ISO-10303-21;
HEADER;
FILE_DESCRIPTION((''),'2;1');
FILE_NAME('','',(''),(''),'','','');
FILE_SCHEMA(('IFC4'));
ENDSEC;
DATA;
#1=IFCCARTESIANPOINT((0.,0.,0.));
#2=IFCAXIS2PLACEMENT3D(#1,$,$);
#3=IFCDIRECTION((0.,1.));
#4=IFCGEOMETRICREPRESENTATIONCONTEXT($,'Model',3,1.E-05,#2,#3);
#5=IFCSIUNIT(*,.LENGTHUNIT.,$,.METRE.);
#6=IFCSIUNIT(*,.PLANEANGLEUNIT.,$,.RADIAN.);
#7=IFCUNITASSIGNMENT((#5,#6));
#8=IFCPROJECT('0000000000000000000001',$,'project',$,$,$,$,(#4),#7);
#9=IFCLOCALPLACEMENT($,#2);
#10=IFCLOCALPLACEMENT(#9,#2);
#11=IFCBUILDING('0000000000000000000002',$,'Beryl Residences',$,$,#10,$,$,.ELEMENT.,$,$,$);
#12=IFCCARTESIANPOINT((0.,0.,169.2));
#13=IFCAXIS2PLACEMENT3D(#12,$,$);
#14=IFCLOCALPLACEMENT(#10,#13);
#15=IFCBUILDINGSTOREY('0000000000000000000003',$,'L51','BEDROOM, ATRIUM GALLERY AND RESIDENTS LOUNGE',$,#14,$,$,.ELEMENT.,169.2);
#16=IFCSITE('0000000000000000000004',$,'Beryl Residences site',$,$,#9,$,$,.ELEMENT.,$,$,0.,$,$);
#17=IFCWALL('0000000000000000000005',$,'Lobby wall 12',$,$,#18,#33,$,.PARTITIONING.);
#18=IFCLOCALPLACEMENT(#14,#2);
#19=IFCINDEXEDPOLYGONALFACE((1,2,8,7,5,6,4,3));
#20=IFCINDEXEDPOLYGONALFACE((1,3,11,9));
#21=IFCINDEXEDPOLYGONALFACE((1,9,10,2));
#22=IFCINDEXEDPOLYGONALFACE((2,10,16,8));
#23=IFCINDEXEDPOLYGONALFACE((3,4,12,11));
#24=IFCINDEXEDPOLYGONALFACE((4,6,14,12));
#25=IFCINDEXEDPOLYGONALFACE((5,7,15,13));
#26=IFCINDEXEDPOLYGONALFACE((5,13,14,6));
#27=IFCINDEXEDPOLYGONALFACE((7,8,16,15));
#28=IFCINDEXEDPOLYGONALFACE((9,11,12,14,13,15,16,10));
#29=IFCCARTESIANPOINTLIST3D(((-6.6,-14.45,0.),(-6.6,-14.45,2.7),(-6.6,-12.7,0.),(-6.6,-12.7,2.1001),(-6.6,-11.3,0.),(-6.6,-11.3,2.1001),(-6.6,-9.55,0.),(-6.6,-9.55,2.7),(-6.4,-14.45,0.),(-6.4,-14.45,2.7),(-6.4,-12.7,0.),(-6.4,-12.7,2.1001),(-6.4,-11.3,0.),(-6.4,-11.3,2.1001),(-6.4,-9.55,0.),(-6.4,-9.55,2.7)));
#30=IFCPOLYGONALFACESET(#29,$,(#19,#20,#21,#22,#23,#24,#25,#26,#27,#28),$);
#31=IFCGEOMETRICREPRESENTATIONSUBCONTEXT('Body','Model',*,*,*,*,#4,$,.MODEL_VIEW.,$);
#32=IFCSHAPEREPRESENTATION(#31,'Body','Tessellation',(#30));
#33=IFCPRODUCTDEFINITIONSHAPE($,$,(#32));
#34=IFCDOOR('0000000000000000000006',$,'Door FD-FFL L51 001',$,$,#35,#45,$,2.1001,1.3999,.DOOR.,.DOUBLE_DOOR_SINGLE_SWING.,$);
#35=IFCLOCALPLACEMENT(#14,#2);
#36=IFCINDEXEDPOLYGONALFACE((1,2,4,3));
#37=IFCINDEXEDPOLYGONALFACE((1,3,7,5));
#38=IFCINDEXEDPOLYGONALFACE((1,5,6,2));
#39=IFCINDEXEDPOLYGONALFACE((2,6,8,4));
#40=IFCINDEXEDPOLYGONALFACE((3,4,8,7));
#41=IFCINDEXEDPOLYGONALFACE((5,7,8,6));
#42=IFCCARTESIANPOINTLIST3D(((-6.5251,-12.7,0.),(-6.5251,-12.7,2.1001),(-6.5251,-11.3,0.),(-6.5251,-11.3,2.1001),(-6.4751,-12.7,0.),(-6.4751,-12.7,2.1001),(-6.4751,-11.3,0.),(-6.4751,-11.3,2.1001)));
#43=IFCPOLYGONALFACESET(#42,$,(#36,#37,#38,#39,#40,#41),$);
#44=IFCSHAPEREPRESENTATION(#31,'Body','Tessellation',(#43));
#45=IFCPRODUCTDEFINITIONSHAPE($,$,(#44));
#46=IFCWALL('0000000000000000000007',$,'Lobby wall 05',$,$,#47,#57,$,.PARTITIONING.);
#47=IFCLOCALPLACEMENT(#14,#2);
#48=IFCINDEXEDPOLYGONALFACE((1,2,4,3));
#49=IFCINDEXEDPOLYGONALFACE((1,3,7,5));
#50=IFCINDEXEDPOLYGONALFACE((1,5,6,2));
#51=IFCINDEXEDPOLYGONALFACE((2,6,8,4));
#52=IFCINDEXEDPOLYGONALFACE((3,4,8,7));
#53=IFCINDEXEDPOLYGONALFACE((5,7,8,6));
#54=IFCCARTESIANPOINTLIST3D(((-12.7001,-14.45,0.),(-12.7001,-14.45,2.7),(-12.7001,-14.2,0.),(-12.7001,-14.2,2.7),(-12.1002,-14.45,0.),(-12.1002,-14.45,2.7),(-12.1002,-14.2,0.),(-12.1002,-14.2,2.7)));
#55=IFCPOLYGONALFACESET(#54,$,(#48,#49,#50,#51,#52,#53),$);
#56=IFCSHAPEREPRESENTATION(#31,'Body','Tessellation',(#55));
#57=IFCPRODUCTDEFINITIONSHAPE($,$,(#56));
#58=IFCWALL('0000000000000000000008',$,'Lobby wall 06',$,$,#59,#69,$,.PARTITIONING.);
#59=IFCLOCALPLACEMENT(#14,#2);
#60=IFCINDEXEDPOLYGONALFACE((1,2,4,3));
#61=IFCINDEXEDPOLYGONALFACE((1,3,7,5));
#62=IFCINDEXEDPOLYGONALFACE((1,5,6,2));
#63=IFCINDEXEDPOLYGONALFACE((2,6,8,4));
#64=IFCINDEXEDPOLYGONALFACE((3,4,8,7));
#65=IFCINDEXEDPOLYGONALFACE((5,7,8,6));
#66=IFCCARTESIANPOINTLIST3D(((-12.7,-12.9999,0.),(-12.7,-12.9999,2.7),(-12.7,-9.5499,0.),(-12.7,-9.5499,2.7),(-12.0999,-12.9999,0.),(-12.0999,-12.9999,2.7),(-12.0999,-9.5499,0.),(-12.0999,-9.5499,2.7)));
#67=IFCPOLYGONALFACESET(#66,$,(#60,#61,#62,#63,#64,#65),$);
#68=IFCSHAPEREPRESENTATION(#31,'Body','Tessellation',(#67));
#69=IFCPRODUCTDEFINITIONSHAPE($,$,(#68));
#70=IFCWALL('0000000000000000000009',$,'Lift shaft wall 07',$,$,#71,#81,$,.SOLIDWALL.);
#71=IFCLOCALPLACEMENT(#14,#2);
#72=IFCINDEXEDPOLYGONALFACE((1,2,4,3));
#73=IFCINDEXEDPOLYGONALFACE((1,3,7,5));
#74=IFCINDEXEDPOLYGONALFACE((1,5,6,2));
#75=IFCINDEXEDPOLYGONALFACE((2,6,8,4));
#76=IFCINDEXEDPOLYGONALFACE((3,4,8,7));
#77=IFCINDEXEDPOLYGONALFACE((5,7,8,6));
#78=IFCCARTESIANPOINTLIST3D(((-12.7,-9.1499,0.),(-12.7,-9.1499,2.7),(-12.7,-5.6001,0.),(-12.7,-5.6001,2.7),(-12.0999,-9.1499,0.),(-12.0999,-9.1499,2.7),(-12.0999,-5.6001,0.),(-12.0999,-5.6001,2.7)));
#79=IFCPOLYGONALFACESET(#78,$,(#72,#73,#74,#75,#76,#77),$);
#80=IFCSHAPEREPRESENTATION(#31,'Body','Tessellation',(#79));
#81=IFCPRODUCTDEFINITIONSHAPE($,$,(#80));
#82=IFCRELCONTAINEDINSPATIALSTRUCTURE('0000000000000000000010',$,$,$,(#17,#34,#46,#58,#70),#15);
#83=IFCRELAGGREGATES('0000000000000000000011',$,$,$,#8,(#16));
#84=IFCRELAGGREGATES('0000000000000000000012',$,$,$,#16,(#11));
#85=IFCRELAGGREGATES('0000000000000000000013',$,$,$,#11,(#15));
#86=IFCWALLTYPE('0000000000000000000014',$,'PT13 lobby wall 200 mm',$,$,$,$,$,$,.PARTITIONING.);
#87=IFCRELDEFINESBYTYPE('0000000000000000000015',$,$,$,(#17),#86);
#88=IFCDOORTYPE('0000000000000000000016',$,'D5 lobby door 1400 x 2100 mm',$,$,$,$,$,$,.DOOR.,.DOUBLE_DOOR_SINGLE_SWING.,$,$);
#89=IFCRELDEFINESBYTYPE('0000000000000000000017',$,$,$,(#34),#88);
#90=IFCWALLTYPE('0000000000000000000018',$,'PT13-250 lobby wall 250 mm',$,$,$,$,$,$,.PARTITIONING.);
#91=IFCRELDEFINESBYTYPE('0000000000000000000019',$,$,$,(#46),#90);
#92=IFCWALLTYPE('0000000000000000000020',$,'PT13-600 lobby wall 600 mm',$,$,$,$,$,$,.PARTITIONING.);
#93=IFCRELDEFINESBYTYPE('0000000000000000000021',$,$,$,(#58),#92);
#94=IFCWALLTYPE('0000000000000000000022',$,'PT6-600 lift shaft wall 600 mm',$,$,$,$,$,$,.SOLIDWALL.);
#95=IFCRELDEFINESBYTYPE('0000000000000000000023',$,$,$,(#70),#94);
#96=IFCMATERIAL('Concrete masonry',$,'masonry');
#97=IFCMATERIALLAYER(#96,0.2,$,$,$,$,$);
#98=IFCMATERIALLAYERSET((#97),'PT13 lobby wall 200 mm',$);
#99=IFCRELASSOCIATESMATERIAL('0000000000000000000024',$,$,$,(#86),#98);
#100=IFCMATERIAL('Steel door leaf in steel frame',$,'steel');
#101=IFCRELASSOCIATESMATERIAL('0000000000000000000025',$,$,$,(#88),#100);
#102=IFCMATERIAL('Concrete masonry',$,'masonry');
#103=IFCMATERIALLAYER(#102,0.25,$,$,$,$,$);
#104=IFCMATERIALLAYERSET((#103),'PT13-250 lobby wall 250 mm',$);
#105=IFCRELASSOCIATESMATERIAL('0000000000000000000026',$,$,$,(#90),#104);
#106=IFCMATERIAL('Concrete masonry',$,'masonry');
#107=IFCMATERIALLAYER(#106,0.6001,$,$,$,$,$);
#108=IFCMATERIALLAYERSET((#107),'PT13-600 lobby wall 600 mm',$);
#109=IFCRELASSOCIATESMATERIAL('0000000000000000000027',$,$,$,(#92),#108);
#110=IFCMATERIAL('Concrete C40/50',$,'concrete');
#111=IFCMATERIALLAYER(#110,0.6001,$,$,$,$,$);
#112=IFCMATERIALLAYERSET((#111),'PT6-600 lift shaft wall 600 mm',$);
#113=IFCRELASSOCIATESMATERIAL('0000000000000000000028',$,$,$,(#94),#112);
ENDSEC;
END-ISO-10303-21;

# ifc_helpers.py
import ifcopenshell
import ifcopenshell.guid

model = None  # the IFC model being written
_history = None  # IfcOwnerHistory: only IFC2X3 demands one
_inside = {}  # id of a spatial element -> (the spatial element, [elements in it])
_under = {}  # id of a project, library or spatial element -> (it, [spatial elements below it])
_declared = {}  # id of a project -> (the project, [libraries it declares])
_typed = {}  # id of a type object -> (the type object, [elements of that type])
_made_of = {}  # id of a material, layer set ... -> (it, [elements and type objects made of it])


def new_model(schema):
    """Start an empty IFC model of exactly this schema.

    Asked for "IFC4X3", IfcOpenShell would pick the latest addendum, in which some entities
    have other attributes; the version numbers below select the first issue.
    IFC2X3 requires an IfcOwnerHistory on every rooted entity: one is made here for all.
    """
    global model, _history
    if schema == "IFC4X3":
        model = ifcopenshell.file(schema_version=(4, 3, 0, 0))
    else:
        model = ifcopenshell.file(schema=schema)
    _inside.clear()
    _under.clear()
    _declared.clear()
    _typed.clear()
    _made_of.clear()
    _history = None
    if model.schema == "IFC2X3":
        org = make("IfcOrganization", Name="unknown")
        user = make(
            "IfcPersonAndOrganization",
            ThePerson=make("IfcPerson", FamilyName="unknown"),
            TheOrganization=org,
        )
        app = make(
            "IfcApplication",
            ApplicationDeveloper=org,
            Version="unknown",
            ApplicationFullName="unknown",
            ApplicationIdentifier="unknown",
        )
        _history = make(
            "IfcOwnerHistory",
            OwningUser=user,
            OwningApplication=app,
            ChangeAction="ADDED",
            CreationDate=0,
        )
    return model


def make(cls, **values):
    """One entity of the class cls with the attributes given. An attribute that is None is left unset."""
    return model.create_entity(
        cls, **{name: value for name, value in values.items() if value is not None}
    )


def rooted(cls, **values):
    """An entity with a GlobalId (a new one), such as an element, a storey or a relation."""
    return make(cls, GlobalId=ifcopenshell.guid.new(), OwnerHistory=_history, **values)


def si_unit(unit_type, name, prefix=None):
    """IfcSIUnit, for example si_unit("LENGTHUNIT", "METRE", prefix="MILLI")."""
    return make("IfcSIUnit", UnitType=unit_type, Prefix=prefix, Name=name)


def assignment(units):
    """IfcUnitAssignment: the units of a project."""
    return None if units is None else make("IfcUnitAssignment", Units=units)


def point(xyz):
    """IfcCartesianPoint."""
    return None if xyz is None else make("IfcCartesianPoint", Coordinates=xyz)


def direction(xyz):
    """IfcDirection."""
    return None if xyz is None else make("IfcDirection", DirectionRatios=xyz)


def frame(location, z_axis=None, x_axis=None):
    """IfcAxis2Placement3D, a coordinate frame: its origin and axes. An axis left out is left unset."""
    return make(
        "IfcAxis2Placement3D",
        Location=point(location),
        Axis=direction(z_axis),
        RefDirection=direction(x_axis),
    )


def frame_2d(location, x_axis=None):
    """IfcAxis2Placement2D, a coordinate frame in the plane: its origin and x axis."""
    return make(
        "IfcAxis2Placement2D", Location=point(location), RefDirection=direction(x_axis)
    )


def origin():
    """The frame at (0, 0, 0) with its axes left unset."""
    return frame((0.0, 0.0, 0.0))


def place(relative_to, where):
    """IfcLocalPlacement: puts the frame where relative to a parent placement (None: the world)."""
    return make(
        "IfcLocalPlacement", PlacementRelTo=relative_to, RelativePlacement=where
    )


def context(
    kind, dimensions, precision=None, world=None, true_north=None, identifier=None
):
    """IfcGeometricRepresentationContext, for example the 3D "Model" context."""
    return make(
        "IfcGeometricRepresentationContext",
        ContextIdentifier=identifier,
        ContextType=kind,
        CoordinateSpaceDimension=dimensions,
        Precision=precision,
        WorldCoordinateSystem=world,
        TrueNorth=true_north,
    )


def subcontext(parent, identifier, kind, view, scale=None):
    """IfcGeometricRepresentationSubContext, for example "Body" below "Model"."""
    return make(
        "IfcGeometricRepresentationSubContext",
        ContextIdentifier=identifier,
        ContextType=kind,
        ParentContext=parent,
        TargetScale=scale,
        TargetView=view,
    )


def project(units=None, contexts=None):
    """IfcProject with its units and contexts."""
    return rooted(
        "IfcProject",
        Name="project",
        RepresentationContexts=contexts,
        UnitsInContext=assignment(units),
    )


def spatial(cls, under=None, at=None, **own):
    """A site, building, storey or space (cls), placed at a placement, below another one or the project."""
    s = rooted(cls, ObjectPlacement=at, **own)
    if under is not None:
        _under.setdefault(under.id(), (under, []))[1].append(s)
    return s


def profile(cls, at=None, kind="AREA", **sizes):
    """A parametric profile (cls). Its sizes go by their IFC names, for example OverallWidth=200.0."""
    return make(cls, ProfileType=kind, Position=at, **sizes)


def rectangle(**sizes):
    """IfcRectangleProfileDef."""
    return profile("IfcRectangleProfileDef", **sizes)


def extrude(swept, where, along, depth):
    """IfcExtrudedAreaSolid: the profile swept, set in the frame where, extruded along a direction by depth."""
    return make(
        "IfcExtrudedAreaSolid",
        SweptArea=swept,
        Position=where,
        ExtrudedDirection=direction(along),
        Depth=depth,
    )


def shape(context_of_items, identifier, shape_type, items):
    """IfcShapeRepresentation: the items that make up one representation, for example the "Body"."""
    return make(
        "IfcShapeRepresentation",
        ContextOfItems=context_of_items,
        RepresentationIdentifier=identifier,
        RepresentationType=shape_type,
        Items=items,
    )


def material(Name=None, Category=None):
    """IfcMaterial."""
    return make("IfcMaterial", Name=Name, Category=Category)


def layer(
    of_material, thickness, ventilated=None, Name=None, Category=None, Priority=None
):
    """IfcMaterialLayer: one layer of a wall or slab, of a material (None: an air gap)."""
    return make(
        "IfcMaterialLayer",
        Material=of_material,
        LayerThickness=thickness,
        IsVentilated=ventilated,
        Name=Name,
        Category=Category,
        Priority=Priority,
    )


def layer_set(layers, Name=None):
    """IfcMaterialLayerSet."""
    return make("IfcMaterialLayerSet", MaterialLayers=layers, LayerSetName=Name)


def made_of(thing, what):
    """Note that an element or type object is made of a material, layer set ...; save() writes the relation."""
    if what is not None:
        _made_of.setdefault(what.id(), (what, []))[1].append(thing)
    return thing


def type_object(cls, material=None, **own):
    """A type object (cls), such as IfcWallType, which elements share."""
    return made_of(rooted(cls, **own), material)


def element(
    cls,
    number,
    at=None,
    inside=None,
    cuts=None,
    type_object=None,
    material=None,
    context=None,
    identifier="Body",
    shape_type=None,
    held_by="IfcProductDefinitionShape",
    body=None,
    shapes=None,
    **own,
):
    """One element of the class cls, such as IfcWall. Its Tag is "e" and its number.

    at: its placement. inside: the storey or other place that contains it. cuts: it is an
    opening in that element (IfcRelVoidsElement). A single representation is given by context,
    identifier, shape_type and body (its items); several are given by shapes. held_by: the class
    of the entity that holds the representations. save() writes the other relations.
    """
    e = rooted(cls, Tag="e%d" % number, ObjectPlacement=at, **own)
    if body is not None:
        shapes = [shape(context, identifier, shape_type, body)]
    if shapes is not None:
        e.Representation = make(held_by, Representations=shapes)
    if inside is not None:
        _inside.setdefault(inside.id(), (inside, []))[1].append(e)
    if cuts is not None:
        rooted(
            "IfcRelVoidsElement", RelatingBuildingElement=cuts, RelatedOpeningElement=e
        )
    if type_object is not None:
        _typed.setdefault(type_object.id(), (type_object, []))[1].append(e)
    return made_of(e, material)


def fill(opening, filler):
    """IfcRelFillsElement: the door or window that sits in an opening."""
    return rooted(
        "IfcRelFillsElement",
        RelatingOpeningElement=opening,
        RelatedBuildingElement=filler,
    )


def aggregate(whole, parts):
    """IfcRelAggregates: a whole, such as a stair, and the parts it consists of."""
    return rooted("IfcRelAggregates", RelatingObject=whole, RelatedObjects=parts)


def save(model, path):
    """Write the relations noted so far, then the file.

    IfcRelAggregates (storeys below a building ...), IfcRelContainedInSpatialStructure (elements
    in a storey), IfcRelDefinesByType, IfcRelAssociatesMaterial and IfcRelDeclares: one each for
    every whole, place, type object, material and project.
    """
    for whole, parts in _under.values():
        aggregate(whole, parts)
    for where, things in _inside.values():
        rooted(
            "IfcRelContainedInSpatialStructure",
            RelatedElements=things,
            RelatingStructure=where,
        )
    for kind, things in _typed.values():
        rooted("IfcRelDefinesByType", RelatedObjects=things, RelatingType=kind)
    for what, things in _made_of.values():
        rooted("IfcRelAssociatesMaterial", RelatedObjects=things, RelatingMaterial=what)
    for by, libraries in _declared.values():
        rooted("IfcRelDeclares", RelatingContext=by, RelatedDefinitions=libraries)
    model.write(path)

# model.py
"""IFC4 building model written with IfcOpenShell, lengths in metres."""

from ifc_helpers import new_model, si_unit, direction, frame, frame_2d, origin, place, context, subcontext, project, spatial, rectangle, extrude, material, layer, layer_set, type_object, element, fill, save


model = new_model("IFC4")

# Units and contexts
model_context = context("Model", 3, precision=1e-05, world=origin(), true_north=direction((0.0, 1.0)))
body_context = subcontext(model_context, "Body", "Model", "MODEL_VIEW")
ifc_project = project(units=[si_unit("LENGTHUNIT", "METRE"), si_unit("PLANEANGLEUNIT", "RADIAN")], contexts=[model_context])

# Site, building, storey
site_placement = place(None, origin())
site = spatial("IfcSite", under=ifc_project, at=site_placement, Name="Beryl Residences site", CompositionType="ELEMENT", RefElevation=0.0)
building_placement = place(site_placement, origin())
building = spatial("IfcBuilding", under=site, at=building_placement, Name="Beryl Residences", CompositionType="ELEMENT")
storey_placement = place(building_placement, frame((0.0, 0.0, 169.2)))
storey = spatial("IfcBuildingStorey", under=building, at=storey_placement, Name="L51", Description="BEDROOM, ATRIUM GALLERY AND RESIDENTS LOUNGE", CompositionType="ELEMENT", Elevation=169.2)

# Wall, opening, door
ifc_material_1 = material(Name="Concrete masonry", Category="masonry")
ifc_layer_1 = layer(ifc_material_1, 0.2)
ifc_layer_set_1 = layer_set([ifc_layer_1], Name="PT13 lobby wall 200 mm")
wall_type_1 = type_object("IfcWallType", Name="PT13 lobby wall 200 mm", PredefinedType="PARTITIONING", material=ifc_layer_set_1)
wall_1_placement = place(storey_placement, frame((-6.5, -14.45, 0.0), z_axis=(0.0, 0.0, 1.0), x_axis=(0.0, 1.0, 0.0)))
wall_1 = element("IfcWall", 1, at=wall_1_placement, inside=storey, type_object=wall_type_1, Name="Lobby wall 12", PredefinedType="PARTITIONING", context=body_context, shape_type="SweptSolid", body=[
    extrude(rectangle(XDim=4.8999, YDim=0.2, at=frame_2d((2.45, 0.0))), origin(), (0.0, 0.0, 1.0), 2.7),
])
opening_1_placement = place(wall_1_placement, frame((3.1499, 0.0, 0.0), z_axis=(0.0, 0.0, 1.0), x_axis=(-1.0, 0.0, 0.0)))
opening_1 = element("IfcOpeningElement", 2, at=opening_1_placement, cuts=wall_1, PredefinedType="OPENING", context=body_context, shape_type="SweptSolid", body=[
    extrude(rectangle(XDim=1.3999, YDim=2.1001, at=frame_2d((0.7, 1.05))), frame((0.0, 0.1099, 0.0), z_axis=(0.0, -1.0, 0.0), x_axis=(1.0, 0.0, 0.0)), (0.0, 0.0, 1.0), 0.22),
])
ifc_material_2 = material(Name="Steel door leaf in steel frame", Category="steel")
door_type_1 = type_object("IfcDoorType", Name="D5 lobby door 1400 x 2100 mm", OperationType="DOUBLE_DOOR_SINGLE_SWING", PredefinedType="DOOR", material=ifc_material_2)
door_1_placement = place(opening_1_placement, origin())
door_1 = element("IfcDoor", 3, at=door_1_placement, inside=storey, type_object=door_type_1, Name="Door FD-FFL L51 001", OperationType="DOUBLE_DOOR_SINGLE_SWING", OverallHeight=2.1001, OverallWidth=1.3999, PredefinedType="DOOR", context=body_context, shape_type="SweptSolid", body=[
    extrude(rectangle(XDim=1.3999, YDim=2.1001, at=frame_2d((0.7, 1.05))), frame((0.0, 0.0249, 0.0), z_axis=(0.0, -1.0, 0.0), x_axis=(1.0, 0.0, 0.0)), (0.0, 0.0, 1.0), 0.05),
])
fill(opening_1, door_1)

# Walls
ifc_material_3 = material(Name="Concrete masonry", Category="masonry")
ifc_layer_2 = layer(ifc_material_3, 0.25)
ifc_layer_set_2 = layer_set([ifc_layer_2], Name="PT13-250 lobby wall 250 mm")
wall_type_2 = type_object("IfcWallType", Name="PT13-250 lobby wall 250 mm", PredefinedType="PARTITIONING", material=ifc_layer_set_2)
wall_2_placement = place(storey_placement, frame((-12.7, -14.325, 0.0), z_axis=(0.0, 0.0, 1.0), x_axis=(1.0, 0.0, 0.0)))
element("IfcWall", 4, at=wall_2_placement, inside=storey, type_object=wall_type_2, Name="Lobby wall 05", PredefinedType="PARTITIONING", context=body_context, shape_type="SweptSolid", body=[
    extrude(rectangle(XDim=0.5999, YDim=0.25, at=frame_2d((0.2998, 0.0))), origin(), (0.0, 0.0, 1.0), 2.7),
])
ifc_material_4 = material(Name="Concrete masonry", Category="masonry")
ifc_layer_3 = layer(ifc_material_4, 0.6001)
ifc_layer_set_3 = layer_set([ifc_layer_3], Name="PT13-600 lobby wall 600 mm")
wall_type_3 = type_object("IfcWallType", Name="PT13-600 lobby wall 600 mm", PredefinedType="PARTITIONING", material=ifc_layer_set_3)
wall_3_placement = place(storey_placement, frame((-12.3999, -13.0, 0.0), z_axis=(0.0, 0.0, 1.0), x_axis=(0.0, 1.0, 0.0)))
element("IfcWall", 5, at=wall_3_placement, inside=storey, type_object=wall_type_3, Name="Lobby wall 06", PredefinedType="PARTITIONING", context=body_context, shape_type="SweptSolid", body=[
    extrude(rectangle(XDim=3.45, YDim=0.6001, at=frame_2d((1.7251, 0.0))), origin(), (0.0, 0.0, 1.0), 2.7),
])
ifc_material_5 = material(Name="Concrete C40/50", Category="concrete")
ifc_layer_4 = layer(ifc_material_5, 0.6001)
ifc_layer_set_4 = layer_set([ifc_layer_4], Name="PT6-600 lift shaft wall 600 mm")
wall_type_4 = type_object("IfcWallType", Name="PT6-600 lift shaft wall 600 mm", PredefinedType="SOLIDWALL", material=ifc_layer_set_4)
wall_4_placement = place(storey_placement, frame((-12.3999, -9.1499, 0.0), z_axis=(0.0, 0.0, 1.0), x_axis=(0.0, 1.0, 0.0)))
element("IfcWall", 6, at=wall_4_placement, inside=storey, type_object=wall_type_4, Name="Lift shaft wall 07", PredefinedType="SOLIDWALL", context=body_context, shape_type="SweptSolid", body=[
    extrude(rectangle(XDim=3.5498, YDim=0.6001, at=frame_2d((1.7749, 0.0))), origin(), (0.0, 0.0, 1.0), 2.7),
])

save(model, "model.ifc")
